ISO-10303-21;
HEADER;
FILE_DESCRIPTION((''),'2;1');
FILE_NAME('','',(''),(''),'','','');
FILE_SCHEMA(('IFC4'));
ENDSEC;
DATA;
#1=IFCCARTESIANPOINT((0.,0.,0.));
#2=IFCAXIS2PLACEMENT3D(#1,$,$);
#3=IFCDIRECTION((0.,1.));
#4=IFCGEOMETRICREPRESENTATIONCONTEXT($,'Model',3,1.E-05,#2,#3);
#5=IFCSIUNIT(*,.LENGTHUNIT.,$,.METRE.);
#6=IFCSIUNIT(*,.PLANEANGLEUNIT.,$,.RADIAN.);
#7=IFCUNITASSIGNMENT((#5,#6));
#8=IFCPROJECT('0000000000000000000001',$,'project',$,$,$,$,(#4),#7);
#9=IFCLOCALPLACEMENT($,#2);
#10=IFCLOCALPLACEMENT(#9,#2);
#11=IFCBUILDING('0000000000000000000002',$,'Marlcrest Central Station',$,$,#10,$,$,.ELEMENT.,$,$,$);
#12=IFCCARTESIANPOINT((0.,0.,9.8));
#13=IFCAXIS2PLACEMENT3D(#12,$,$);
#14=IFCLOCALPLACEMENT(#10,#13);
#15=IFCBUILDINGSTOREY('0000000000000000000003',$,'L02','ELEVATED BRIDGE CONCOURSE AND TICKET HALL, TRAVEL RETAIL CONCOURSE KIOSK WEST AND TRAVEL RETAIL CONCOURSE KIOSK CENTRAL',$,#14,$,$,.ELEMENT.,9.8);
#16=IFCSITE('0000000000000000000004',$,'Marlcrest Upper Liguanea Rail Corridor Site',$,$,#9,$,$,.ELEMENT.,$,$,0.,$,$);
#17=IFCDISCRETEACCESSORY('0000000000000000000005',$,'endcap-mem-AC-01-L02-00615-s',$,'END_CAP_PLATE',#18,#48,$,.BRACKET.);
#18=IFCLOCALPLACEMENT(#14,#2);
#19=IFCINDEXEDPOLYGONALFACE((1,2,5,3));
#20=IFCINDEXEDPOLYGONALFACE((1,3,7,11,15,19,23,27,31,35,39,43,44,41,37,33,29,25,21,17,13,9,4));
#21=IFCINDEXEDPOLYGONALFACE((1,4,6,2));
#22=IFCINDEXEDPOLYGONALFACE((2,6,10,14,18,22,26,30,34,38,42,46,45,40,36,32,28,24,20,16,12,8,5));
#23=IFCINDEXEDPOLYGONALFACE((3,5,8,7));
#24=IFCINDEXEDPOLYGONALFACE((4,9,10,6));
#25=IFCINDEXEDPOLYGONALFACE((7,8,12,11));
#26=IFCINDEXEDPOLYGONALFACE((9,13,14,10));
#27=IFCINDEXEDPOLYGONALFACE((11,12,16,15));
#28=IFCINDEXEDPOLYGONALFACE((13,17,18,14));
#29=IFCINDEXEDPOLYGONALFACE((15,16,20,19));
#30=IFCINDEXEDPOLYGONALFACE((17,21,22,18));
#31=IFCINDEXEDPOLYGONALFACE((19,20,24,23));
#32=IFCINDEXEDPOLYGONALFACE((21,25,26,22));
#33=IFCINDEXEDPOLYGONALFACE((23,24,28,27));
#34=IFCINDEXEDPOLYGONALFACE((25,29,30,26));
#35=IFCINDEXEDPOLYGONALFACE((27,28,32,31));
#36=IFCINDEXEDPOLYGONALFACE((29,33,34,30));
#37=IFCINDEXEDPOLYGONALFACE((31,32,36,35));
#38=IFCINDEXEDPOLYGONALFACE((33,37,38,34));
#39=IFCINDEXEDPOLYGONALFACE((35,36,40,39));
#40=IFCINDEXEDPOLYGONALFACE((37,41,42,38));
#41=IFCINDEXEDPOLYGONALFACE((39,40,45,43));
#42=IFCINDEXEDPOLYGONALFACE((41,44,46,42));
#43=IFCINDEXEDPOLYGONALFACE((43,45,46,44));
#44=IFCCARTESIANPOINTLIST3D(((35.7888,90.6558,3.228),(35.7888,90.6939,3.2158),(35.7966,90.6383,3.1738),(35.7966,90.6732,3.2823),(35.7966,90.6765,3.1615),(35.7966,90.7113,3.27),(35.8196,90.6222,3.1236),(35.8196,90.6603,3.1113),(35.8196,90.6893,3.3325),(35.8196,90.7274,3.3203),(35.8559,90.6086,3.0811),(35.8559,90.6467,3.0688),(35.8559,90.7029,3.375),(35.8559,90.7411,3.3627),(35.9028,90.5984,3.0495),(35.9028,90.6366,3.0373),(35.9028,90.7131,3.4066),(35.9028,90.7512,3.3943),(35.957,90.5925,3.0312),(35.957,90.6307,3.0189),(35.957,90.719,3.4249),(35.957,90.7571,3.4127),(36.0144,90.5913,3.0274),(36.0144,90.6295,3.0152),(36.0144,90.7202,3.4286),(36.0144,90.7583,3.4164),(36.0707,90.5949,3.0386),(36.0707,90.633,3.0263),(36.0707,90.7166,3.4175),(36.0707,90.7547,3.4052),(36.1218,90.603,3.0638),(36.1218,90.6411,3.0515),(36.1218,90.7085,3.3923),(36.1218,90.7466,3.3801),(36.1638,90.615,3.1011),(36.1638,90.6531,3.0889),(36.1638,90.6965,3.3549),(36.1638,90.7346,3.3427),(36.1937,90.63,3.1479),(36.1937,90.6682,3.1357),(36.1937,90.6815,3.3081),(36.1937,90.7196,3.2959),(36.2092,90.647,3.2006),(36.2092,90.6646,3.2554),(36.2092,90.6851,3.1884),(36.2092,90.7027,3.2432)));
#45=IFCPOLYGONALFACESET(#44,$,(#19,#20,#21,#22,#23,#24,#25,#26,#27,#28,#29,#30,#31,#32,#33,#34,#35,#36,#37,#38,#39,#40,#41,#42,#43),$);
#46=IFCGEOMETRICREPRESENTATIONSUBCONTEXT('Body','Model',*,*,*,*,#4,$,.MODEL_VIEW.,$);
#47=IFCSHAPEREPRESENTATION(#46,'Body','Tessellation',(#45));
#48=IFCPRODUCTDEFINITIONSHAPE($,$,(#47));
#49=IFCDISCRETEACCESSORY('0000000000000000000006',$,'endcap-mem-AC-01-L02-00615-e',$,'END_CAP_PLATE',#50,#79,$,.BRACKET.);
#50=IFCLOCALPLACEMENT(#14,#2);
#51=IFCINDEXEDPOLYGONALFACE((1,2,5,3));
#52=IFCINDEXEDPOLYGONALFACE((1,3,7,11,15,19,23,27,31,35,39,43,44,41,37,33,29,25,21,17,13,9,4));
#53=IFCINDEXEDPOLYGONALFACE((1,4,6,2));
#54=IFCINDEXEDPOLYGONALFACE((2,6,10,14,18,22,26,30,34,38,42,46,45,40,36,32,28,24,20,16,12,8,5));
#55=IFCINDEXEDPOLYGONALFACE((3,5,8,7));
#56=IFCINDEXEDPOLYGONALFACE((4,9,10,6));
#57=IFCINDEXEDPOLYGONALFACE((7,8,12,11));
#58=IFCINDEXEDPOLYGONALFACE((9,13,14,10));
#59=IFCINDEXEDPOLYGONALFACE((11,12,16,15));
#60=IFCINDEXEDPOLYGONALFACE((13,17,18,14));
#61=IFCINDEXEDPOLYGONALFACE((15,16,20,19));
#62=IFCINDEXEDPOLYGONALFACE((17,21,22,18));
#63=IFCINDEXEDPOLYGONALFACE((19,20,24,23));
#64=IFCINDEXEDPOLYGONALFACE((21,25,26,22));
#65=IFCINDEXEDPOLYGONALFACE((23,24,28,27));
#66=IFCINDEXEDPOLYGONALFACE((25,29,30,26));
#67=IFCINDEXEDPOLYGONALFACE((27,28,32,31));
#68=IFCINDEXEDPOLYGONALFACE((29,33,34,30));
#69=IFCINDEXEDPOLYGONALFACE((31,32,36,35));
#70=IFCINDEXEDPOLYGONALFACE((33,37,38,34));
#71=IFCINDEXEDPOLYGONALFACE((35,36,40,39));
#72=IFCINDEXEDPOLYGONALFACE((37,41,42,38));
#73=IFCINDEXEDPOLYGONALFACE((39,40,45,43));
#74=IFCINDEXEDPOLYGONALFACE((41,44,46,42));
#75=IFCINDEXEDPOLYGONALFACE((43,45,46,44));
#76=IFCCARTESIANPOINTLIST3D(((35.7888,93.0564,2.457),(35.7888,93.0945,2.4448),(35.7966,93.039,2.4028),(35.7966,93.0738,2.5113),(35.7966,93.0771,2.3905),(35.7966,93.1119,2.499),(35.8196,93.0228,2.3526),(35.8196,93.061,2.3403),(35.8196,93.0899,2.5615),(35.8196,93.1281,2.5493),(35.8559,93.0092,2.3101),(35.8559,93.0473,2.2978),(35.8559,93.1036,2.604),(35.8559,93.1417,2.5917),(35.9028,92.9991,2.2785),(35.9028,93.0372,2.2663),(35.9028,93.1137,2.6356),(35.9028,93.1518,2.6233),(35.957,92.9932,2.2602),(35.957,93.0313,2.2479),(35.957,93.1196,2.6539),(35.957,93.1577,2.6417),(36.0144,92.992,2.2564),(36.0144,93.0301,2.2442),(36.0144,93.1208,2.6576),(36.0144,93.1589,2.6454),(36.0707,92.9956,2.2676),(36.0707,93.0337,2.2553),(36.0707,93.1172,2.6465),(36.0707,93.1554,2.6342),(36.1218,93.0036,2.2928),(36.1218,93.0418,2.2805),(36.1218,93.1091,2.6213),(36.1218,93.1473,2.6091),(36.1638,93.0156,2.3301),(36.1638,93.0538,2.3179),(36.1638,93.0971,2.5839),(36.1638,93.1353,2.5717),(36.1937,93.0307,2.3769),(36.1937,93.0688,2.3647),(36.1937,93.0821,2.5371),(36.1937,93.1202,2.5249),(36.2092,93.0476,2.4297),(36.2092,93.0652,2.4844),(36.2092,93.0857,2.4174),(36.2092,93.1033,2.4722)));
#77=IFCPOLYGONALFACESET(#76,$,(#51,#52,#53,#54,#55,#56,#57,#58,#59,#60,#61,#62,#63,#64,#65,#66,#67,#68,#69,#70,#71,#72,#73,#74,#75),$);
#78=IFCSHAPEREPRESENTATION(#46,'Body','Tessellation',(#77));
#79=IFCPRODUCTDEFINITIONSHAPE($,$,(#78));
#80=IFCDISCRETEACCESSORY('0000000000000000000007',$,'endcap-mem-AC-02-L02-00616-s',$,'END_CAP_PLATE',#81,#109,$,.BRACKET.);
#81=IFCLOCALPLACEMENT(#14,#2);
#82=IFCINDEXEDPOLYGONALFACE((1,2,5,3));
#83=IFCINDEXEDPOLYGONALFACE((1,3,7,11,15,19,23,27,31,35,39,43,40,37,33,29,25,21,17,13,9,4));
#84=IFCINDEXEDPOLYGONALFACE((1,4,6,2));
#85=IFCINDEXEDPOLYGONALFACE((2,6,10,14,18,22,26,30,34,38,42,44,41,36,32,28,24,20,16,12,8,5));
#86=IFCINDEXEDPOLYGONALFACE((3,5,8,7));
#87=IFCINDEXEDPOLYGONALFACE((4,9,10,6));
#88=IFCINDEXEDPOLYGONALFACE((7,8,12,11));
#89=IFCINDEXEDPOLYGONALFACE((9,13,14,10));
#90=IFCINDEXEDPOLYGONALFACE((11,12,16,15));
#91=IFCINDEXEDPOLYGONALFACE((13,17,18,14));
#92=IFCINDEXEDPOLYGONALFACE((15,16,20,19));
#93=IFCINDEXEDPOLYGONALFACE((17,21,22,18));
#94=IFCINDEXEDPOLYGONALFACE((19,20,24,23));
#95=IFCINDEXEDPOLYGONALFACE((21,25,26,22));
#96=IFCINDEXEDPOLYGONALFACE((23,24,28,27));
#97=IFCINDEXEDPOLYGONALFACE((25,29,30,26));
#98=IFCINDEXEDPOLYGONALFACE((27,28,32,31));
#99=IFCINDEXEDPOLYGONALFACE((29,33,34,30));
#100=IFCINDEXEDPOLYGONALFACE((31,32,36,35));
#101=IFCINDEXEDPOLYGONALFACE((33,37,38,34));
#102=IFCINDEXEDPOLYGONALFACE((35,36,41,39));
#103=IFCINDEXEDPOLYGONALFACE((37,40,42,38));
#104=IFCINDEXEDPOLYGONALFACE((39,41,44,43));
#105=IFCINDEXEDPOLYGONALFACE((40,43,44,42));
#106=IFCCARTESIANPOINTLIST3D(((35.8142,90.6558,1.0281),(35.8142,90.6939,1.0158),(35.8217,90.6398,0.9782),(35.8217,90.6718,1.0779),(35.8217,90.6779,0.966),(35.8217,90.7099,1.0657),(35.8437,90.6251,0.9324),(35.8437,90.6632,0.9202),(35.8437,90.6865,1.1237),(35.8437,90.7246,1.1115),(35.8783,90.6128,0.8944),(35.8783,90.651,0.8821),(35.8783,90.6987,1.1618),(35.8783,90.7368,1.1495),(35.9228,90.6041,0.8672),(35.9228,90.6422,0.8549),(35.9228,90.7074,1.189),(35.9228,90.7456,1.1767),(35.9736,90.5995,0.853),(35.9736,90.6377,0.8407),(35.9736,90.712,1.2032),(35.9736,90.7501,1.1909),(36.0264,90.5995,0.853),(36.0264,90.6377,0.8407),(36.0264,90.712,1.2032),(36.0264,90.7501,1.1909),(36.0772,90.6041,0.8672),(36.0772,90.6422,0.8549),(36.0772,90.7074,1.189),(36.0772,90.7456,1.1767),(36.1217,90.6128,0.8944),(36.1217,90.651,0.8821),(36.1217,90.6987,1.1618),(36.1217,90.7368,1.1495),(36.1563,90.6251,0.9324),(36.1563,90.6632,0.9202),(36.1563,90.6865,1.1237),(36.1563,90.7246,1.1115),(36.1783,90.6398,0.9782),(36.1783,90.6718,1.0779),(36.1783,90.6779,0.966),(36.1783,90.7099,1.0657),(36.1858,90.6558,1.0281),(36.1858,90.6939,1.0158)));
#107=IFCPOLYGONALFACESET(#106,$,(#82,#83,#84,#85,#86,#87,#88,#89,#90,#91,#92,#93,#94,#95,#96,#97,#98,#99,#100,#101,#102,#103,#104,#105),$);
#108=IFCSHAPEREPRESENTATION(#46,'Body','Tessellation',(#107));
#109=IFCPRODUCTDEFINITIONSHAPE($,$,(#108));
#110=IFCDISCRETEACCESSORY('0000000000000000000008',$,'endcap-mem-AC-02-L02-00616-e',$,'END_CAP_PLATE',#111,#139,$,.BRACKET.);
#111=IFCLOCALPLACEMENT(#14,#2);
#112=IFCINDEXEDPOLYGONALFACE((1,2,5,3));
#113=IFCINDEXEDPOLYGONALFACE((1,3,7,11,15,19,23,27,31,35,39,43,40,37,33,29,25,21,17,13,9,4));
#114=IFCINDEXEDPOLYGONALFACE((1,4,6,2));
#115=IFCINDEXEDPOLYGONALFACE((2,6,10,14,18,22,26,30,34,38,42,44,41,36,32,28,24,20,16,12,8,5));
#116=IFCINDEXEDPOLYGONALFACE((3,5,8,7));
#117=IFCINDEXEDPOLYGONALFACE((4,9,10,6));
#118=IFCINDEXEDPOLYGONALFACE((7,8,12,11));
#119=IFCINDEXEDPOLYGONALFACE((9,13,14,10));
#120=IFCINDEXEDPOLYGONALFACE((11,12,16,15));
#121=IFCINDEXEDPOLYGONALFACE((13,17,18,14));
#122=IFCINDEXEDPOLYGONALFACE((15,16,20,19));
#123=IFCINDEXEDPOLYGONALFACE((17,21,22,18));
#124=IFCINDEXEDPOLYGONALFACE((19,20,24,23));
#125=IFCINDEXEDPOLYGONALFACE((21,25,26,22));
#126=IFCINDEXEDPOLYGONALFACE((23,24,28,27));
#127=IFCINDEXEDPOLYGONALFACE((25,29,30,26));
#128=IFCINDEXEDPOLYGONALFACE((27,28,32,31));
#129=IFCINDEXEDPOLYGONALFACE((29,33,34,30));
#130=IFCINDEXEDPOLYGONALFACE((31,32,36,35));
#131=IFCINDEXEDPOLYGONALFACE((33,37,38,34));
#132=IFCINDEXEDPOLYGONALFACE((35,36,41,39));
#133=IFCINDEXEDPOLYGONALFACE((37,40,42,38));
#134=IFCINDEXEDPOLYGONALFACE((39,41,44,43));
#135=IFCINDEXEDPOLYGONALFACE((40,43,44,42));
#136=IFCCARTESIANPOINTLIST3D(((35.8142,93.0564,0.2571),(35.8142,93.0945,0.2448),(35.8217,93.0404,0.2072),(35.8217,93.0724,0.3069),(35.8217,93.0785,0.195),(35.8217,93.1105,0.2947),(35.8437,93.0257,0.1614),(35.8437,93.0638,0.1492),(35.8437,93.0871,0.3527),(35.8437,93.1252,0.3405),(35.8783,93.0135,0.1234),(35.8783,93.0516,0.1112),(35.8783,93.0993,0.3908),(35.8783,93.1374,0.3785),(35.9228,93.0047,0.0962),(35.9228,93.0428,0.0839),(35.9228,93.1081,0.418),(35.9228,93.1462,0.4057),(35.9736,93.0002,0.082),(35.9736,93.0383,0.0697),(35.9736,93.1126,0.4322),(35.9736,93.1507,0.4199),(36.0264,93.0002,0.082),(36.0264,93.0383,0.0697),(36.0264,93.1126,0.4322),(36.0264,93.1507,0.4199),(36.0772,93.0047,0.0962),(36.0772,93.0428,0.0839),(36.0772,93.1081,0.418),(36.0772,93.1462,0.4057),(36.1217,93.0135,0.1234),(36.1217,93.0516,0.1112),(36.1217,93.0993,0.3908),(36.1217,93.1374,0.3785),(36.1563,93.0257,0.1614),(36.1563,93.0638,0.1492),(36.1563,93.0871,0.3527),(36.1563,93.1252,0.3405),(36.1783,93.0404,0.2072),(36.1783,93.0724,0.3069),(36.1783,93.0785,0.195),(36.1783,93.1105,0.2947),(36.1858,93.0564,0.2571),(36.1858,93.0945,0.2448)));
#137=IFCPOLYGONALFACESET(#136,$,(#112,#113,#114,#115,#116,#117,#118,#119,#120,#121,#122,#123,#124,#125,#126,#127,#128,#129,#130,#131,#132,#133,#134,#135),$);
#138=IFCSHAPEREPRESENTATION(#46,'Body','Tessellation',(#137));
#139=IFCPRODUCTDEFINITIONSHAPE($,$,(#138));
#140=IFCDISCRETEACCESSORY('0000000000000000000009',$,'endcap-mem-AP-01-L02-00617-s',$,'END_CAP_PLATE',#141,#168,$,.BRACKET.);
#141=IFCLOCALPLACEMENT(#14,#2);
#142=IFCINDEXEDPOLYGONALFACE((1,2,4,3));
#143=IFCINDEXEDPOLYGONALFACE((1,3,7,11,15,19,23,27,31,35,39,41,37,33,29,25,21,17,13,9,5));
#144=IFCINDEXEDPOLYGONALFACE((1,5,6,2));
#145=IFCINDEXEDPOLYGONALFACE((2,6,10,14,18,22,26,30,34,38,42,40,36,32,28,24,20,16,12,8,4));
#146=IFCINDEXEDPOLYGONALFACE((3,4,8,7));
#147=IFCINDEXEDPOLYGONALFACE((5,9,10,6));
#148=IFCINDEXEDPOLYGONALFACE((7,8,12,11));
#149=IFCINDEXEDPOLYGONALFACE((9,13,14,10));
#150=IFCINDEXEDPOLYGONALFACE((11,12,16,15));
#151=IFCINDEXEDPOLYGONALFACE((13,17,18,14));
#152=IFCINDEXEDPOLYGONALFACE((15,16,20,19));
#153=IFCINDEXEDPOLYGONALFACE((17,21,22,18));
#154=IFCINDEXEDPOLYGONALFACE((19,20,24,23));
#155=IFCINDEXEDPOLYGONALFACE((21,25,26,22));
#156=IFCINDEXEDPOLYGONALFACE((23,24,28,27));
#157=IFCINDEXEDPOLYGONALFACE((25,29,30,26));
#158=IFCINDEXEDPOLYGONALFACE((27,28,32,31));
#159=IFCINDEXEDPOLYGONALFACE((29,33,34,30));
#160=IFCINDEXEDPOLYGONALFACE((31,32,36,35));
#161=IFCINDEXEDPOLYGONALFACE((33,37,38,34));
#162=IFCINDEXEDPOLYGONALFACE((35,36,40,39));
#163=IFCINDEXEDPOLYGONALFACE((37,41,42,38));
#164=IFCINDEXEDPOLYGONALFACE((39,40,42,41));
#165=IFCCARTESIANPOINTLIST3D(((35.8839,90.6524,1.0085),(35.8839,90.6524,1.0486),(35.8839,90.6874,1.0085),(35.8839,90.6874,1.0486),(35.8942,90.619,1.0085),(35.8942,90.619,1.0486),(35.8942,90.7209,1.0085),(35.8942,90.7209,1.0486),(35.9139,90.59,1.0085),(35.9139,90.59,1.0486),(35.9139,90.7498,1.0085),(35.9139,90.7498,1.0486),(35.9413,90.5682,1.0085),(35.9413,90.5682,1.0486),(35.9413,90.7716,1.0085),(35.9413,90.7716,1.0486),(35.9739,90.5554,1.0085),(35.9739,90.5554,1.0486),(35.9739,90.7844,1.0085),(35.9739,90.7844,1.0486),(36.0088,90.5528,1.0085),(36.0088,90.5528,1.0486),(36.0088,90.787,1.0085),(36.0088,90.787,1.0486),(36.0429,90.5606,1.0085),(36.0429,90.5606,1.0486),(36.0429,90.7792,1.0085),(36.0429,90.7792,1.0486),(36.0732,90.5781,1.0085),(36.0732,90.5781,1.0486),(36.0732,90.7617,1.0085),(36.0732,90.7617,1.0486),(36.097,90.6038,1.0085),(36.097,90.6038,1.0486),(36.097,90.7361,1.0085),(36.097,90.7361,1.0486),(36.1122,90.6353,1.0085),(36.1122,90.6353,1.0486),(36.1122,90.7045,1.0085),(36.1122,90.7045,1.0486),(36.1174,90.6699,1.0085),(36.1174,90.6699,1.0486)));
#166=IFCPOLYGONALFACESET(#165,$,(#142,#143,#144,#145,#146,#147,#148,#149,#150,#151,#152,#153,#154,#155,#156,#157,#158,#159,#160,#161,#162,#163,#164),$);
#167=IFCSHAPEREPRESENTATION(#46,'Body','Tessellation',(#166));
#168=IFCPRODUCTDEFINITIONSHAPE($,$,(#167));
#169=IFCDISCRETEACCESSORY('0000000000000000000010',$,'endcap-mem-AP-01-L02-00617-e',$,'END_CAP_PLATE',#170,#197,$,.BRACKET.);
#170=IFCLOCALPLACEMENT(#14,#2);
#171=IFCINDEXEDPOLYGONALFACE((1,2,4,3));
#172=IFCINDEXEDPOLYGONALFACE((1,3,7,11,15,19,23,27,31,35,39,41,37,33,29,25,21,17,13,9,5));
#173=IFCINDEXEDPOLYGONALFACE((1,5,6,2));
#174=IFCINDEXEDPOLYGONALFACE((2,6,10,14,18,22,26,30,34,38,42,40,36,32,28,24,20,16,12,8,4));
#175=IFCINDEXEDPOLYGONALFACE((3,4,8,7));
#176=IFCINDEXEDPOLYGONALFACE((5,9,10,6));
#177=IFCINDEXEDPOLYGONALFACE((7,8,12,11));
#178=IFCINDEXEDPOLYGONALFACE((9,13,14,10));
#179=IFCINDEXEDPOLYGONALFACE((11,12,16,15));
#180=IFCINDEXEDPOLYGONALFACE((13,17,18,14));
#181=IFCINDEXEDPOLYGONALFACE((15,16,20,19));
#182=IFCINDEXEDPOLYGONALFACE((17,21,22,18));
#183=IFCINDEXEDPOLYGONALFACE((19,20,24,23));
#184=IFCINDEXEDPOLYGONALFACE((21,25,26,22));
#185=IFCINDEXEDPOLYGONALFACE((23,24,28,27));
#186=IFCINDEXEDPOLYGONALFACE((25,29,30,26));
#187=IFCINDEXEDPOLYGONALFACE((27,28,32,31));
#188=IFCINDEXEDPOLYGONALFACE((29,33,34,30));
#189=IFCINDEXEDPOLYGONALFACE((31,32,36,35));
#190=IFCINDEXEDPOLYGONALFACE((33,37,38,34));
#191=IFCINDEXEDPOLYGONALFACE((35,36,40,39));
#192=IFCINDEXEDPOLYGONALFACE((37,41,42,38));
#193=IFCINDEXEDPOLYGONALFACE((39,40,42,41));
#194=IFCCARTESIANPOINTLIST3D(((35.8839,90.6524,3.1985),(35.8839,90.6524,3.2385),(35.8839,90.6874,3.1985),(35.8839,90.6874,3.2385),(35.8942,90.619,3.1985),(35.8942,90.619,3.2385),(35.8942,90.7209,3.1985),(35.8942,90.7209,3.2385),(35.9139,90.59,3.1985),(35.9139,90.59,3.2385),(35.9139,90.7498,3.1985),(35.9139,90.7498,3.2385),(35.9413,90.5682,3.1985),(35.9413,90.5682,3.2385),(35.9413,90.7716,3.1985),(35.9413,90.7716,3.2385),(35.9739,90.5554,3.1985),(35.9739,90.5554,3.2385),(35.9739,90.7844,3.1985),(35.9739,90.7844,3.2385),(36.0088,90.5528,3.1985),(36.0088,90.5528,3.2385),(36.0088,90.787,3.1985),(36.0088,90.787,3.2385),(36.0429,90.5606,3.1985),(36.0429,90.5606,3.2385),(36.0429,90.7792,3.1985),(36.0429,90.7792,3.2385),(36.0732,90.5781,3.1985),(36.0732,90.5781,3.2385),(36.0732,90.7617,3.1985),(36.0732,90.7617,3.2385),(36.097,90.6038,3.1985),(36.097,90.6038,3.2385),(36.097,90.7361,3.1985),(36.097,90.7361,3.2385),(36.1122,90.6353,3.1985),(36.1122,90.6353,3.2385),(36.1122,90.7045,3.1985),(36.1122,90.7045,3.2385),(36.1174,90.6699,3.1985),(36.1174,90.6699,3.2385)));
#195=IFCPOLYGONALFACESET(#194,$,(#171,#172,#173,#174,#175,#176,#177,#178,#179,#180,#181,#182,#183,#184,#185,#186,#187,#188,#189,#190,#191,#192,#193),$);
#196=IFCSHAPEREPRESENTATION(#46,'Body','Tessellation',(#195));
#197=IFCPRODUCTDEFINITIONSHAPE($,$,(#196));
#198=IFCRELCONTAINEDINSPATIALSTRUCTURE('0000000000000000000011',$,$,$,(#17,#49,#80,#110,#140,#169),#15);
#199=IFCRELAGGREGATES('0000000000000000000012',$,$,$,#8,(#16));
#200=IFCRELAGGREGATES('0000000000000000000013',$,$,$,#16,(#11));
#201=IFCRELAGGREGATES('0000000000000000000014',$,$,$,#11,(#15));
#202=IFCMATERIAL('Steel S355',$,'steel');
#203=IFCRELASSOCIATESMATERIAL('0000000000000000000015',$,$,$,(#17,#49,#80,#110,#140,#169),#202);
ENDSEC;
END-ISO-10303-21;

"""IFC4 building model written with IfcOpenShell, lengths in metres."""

from ifc_helpers import new_model, si_unit, direction, frame, origin, origin_2d, place, context, subcontext, project, spatial, circle, extrude, material, element, save


model = new_model("IFC4")

# Units and contexts
model_context = context("Model", 3, precision=1e-05, world=origin(), true_north=direction((0.0, 1.0)))
body_context = subcontext(model_context, "Body", "Model", "MODEL_VIEW")
ifc_project = project(units=[si_unit("LENGTHUNIT", "METRE"), si_unit("PLANEANGLEUNIT", "RADIAN")], contexts=[model_context])

# Site, building, storey
site_placement = place(None, origin())
site = spatial("IfcSite", under=ifc_project, at=site_placement, Name="Marlcrest Upper Liguanea Rail Corridor Site", CompositionType="ELEMENT", RefElevation=0.0)
building_placement = place(site_placement, origin())
building = spatial("IfcBuilding", under=site, at=building_placement, Name="Marlcrest Central Station", CompositionType="ELEMENT")
storey_placement = place(building_placement, frame((0.0, 0.0, 9.8)))
storey = spatial("IfcBuildingStorey", under=building, at=storey_placement, Name="L02", Description="ELEVATED BRIDGE CONCOURSE AND TICKET HALL, TRAVEL RETAIL CONCOURSE KIOSK WEST AND TRAVEL RETAIL CONCOURSE KIOSK CENTRAL", CompositionType="ELEMENT", Elevation=9.8)

# Shared definitions
ifc_material_1 = material(Name="Steel S355", Category="steel")

# Discrete accessories
for number, where, z_axis, x_axis, name in (
    (1, (36.0, 90.6558, 3.228), (0.0, 0.952117, -0.305734), (-1.0, 0.0, 0.0), "endcap-mem-AC-01-L02-00615-s"),
    (2, (36.0, 93.0564, 2.457), (0.0, 0.952117, -0.305734), (-1.0, 0.0, 0.0), "endcap-mem-AC-01-L02-00615-e"),
):
    element("IfcDiscreteAccessory", number, at=place(storey_placement, frame(where, z_axis=z_axis, x_axis=x_axis)), inside=storey, material=ifc_material_1, Name=name, ObjectType="END_CAP_PLATE", PredefinedType="BRACKET", context=body_context, shape_type="SweptSolid", body=[
        extrude(circle(Radius=0.2112, at=origin_2d()), origin(), (0.0, 0.0, 1.0), 0.04),
    ])
for number, where, z_axis, x_axis, name in (
    (3, (36.0, 90.6558, 1.0281), (0.0, 0.952117, -0.305734), (-1.0, 0.0, 0.0), "endcap-mem-AC-02-L02-00616-s"),
    (4, (36.0, 93.0564, 0.2571), (0.0, 0.952117, -0.305734), (-1.0, 0.0, 0.0), "endcap-mem-AC-02-L02-00616-e"),
):
    element("IfcDiscreteAccessory", number, at=place(storey_placement, frame(where, z_axis=z_axis, x_axis=x_axis)), inside=storey, material=ifc_material_1, Name=name, ObjectType="END_CAP_PLATE", PredefinedType="BRACKET", context=body_context, shape_type="SweptSolid", body=[
        extrude(circle(Radius=0.1858, at=origin_2d()), origin(), (0.0, 0.0, 1.0), 0.04),
    ])
for number, where, z_axis, x_axis, name in (
    (5, (36.0, 90.6699, 1.0085), (0.0, 0.0, 1.0), (1.0, 0.0, 0.0), "endcap-mem-AP-01-L02-00617-s"),
    (6, (36.0, 90.6699, 3.1985), (0.0, 0.0, 1.0), (1.0, 0.0, 0.0), "endcap-mem-AP-01-L02-00617-e"),
):
    element("IfcDiscreteAccessory", number, at=place(storey_placement, frame(where, z_axis=z_axis, x_axis=x_axis)), inside=storey, material=ifc_material_1, Name=name, ObjectType="END_CAP_PLATE", PredefinedType="BRACKET", context=body_context, shape_type="SweptSolid", body=[
        extrude(circle(Radius=0.1174, at=origin_2d()), origin(), (0.0, 0.0, 1.0), 0.04),
    ])

save(model, "model.ifc")
